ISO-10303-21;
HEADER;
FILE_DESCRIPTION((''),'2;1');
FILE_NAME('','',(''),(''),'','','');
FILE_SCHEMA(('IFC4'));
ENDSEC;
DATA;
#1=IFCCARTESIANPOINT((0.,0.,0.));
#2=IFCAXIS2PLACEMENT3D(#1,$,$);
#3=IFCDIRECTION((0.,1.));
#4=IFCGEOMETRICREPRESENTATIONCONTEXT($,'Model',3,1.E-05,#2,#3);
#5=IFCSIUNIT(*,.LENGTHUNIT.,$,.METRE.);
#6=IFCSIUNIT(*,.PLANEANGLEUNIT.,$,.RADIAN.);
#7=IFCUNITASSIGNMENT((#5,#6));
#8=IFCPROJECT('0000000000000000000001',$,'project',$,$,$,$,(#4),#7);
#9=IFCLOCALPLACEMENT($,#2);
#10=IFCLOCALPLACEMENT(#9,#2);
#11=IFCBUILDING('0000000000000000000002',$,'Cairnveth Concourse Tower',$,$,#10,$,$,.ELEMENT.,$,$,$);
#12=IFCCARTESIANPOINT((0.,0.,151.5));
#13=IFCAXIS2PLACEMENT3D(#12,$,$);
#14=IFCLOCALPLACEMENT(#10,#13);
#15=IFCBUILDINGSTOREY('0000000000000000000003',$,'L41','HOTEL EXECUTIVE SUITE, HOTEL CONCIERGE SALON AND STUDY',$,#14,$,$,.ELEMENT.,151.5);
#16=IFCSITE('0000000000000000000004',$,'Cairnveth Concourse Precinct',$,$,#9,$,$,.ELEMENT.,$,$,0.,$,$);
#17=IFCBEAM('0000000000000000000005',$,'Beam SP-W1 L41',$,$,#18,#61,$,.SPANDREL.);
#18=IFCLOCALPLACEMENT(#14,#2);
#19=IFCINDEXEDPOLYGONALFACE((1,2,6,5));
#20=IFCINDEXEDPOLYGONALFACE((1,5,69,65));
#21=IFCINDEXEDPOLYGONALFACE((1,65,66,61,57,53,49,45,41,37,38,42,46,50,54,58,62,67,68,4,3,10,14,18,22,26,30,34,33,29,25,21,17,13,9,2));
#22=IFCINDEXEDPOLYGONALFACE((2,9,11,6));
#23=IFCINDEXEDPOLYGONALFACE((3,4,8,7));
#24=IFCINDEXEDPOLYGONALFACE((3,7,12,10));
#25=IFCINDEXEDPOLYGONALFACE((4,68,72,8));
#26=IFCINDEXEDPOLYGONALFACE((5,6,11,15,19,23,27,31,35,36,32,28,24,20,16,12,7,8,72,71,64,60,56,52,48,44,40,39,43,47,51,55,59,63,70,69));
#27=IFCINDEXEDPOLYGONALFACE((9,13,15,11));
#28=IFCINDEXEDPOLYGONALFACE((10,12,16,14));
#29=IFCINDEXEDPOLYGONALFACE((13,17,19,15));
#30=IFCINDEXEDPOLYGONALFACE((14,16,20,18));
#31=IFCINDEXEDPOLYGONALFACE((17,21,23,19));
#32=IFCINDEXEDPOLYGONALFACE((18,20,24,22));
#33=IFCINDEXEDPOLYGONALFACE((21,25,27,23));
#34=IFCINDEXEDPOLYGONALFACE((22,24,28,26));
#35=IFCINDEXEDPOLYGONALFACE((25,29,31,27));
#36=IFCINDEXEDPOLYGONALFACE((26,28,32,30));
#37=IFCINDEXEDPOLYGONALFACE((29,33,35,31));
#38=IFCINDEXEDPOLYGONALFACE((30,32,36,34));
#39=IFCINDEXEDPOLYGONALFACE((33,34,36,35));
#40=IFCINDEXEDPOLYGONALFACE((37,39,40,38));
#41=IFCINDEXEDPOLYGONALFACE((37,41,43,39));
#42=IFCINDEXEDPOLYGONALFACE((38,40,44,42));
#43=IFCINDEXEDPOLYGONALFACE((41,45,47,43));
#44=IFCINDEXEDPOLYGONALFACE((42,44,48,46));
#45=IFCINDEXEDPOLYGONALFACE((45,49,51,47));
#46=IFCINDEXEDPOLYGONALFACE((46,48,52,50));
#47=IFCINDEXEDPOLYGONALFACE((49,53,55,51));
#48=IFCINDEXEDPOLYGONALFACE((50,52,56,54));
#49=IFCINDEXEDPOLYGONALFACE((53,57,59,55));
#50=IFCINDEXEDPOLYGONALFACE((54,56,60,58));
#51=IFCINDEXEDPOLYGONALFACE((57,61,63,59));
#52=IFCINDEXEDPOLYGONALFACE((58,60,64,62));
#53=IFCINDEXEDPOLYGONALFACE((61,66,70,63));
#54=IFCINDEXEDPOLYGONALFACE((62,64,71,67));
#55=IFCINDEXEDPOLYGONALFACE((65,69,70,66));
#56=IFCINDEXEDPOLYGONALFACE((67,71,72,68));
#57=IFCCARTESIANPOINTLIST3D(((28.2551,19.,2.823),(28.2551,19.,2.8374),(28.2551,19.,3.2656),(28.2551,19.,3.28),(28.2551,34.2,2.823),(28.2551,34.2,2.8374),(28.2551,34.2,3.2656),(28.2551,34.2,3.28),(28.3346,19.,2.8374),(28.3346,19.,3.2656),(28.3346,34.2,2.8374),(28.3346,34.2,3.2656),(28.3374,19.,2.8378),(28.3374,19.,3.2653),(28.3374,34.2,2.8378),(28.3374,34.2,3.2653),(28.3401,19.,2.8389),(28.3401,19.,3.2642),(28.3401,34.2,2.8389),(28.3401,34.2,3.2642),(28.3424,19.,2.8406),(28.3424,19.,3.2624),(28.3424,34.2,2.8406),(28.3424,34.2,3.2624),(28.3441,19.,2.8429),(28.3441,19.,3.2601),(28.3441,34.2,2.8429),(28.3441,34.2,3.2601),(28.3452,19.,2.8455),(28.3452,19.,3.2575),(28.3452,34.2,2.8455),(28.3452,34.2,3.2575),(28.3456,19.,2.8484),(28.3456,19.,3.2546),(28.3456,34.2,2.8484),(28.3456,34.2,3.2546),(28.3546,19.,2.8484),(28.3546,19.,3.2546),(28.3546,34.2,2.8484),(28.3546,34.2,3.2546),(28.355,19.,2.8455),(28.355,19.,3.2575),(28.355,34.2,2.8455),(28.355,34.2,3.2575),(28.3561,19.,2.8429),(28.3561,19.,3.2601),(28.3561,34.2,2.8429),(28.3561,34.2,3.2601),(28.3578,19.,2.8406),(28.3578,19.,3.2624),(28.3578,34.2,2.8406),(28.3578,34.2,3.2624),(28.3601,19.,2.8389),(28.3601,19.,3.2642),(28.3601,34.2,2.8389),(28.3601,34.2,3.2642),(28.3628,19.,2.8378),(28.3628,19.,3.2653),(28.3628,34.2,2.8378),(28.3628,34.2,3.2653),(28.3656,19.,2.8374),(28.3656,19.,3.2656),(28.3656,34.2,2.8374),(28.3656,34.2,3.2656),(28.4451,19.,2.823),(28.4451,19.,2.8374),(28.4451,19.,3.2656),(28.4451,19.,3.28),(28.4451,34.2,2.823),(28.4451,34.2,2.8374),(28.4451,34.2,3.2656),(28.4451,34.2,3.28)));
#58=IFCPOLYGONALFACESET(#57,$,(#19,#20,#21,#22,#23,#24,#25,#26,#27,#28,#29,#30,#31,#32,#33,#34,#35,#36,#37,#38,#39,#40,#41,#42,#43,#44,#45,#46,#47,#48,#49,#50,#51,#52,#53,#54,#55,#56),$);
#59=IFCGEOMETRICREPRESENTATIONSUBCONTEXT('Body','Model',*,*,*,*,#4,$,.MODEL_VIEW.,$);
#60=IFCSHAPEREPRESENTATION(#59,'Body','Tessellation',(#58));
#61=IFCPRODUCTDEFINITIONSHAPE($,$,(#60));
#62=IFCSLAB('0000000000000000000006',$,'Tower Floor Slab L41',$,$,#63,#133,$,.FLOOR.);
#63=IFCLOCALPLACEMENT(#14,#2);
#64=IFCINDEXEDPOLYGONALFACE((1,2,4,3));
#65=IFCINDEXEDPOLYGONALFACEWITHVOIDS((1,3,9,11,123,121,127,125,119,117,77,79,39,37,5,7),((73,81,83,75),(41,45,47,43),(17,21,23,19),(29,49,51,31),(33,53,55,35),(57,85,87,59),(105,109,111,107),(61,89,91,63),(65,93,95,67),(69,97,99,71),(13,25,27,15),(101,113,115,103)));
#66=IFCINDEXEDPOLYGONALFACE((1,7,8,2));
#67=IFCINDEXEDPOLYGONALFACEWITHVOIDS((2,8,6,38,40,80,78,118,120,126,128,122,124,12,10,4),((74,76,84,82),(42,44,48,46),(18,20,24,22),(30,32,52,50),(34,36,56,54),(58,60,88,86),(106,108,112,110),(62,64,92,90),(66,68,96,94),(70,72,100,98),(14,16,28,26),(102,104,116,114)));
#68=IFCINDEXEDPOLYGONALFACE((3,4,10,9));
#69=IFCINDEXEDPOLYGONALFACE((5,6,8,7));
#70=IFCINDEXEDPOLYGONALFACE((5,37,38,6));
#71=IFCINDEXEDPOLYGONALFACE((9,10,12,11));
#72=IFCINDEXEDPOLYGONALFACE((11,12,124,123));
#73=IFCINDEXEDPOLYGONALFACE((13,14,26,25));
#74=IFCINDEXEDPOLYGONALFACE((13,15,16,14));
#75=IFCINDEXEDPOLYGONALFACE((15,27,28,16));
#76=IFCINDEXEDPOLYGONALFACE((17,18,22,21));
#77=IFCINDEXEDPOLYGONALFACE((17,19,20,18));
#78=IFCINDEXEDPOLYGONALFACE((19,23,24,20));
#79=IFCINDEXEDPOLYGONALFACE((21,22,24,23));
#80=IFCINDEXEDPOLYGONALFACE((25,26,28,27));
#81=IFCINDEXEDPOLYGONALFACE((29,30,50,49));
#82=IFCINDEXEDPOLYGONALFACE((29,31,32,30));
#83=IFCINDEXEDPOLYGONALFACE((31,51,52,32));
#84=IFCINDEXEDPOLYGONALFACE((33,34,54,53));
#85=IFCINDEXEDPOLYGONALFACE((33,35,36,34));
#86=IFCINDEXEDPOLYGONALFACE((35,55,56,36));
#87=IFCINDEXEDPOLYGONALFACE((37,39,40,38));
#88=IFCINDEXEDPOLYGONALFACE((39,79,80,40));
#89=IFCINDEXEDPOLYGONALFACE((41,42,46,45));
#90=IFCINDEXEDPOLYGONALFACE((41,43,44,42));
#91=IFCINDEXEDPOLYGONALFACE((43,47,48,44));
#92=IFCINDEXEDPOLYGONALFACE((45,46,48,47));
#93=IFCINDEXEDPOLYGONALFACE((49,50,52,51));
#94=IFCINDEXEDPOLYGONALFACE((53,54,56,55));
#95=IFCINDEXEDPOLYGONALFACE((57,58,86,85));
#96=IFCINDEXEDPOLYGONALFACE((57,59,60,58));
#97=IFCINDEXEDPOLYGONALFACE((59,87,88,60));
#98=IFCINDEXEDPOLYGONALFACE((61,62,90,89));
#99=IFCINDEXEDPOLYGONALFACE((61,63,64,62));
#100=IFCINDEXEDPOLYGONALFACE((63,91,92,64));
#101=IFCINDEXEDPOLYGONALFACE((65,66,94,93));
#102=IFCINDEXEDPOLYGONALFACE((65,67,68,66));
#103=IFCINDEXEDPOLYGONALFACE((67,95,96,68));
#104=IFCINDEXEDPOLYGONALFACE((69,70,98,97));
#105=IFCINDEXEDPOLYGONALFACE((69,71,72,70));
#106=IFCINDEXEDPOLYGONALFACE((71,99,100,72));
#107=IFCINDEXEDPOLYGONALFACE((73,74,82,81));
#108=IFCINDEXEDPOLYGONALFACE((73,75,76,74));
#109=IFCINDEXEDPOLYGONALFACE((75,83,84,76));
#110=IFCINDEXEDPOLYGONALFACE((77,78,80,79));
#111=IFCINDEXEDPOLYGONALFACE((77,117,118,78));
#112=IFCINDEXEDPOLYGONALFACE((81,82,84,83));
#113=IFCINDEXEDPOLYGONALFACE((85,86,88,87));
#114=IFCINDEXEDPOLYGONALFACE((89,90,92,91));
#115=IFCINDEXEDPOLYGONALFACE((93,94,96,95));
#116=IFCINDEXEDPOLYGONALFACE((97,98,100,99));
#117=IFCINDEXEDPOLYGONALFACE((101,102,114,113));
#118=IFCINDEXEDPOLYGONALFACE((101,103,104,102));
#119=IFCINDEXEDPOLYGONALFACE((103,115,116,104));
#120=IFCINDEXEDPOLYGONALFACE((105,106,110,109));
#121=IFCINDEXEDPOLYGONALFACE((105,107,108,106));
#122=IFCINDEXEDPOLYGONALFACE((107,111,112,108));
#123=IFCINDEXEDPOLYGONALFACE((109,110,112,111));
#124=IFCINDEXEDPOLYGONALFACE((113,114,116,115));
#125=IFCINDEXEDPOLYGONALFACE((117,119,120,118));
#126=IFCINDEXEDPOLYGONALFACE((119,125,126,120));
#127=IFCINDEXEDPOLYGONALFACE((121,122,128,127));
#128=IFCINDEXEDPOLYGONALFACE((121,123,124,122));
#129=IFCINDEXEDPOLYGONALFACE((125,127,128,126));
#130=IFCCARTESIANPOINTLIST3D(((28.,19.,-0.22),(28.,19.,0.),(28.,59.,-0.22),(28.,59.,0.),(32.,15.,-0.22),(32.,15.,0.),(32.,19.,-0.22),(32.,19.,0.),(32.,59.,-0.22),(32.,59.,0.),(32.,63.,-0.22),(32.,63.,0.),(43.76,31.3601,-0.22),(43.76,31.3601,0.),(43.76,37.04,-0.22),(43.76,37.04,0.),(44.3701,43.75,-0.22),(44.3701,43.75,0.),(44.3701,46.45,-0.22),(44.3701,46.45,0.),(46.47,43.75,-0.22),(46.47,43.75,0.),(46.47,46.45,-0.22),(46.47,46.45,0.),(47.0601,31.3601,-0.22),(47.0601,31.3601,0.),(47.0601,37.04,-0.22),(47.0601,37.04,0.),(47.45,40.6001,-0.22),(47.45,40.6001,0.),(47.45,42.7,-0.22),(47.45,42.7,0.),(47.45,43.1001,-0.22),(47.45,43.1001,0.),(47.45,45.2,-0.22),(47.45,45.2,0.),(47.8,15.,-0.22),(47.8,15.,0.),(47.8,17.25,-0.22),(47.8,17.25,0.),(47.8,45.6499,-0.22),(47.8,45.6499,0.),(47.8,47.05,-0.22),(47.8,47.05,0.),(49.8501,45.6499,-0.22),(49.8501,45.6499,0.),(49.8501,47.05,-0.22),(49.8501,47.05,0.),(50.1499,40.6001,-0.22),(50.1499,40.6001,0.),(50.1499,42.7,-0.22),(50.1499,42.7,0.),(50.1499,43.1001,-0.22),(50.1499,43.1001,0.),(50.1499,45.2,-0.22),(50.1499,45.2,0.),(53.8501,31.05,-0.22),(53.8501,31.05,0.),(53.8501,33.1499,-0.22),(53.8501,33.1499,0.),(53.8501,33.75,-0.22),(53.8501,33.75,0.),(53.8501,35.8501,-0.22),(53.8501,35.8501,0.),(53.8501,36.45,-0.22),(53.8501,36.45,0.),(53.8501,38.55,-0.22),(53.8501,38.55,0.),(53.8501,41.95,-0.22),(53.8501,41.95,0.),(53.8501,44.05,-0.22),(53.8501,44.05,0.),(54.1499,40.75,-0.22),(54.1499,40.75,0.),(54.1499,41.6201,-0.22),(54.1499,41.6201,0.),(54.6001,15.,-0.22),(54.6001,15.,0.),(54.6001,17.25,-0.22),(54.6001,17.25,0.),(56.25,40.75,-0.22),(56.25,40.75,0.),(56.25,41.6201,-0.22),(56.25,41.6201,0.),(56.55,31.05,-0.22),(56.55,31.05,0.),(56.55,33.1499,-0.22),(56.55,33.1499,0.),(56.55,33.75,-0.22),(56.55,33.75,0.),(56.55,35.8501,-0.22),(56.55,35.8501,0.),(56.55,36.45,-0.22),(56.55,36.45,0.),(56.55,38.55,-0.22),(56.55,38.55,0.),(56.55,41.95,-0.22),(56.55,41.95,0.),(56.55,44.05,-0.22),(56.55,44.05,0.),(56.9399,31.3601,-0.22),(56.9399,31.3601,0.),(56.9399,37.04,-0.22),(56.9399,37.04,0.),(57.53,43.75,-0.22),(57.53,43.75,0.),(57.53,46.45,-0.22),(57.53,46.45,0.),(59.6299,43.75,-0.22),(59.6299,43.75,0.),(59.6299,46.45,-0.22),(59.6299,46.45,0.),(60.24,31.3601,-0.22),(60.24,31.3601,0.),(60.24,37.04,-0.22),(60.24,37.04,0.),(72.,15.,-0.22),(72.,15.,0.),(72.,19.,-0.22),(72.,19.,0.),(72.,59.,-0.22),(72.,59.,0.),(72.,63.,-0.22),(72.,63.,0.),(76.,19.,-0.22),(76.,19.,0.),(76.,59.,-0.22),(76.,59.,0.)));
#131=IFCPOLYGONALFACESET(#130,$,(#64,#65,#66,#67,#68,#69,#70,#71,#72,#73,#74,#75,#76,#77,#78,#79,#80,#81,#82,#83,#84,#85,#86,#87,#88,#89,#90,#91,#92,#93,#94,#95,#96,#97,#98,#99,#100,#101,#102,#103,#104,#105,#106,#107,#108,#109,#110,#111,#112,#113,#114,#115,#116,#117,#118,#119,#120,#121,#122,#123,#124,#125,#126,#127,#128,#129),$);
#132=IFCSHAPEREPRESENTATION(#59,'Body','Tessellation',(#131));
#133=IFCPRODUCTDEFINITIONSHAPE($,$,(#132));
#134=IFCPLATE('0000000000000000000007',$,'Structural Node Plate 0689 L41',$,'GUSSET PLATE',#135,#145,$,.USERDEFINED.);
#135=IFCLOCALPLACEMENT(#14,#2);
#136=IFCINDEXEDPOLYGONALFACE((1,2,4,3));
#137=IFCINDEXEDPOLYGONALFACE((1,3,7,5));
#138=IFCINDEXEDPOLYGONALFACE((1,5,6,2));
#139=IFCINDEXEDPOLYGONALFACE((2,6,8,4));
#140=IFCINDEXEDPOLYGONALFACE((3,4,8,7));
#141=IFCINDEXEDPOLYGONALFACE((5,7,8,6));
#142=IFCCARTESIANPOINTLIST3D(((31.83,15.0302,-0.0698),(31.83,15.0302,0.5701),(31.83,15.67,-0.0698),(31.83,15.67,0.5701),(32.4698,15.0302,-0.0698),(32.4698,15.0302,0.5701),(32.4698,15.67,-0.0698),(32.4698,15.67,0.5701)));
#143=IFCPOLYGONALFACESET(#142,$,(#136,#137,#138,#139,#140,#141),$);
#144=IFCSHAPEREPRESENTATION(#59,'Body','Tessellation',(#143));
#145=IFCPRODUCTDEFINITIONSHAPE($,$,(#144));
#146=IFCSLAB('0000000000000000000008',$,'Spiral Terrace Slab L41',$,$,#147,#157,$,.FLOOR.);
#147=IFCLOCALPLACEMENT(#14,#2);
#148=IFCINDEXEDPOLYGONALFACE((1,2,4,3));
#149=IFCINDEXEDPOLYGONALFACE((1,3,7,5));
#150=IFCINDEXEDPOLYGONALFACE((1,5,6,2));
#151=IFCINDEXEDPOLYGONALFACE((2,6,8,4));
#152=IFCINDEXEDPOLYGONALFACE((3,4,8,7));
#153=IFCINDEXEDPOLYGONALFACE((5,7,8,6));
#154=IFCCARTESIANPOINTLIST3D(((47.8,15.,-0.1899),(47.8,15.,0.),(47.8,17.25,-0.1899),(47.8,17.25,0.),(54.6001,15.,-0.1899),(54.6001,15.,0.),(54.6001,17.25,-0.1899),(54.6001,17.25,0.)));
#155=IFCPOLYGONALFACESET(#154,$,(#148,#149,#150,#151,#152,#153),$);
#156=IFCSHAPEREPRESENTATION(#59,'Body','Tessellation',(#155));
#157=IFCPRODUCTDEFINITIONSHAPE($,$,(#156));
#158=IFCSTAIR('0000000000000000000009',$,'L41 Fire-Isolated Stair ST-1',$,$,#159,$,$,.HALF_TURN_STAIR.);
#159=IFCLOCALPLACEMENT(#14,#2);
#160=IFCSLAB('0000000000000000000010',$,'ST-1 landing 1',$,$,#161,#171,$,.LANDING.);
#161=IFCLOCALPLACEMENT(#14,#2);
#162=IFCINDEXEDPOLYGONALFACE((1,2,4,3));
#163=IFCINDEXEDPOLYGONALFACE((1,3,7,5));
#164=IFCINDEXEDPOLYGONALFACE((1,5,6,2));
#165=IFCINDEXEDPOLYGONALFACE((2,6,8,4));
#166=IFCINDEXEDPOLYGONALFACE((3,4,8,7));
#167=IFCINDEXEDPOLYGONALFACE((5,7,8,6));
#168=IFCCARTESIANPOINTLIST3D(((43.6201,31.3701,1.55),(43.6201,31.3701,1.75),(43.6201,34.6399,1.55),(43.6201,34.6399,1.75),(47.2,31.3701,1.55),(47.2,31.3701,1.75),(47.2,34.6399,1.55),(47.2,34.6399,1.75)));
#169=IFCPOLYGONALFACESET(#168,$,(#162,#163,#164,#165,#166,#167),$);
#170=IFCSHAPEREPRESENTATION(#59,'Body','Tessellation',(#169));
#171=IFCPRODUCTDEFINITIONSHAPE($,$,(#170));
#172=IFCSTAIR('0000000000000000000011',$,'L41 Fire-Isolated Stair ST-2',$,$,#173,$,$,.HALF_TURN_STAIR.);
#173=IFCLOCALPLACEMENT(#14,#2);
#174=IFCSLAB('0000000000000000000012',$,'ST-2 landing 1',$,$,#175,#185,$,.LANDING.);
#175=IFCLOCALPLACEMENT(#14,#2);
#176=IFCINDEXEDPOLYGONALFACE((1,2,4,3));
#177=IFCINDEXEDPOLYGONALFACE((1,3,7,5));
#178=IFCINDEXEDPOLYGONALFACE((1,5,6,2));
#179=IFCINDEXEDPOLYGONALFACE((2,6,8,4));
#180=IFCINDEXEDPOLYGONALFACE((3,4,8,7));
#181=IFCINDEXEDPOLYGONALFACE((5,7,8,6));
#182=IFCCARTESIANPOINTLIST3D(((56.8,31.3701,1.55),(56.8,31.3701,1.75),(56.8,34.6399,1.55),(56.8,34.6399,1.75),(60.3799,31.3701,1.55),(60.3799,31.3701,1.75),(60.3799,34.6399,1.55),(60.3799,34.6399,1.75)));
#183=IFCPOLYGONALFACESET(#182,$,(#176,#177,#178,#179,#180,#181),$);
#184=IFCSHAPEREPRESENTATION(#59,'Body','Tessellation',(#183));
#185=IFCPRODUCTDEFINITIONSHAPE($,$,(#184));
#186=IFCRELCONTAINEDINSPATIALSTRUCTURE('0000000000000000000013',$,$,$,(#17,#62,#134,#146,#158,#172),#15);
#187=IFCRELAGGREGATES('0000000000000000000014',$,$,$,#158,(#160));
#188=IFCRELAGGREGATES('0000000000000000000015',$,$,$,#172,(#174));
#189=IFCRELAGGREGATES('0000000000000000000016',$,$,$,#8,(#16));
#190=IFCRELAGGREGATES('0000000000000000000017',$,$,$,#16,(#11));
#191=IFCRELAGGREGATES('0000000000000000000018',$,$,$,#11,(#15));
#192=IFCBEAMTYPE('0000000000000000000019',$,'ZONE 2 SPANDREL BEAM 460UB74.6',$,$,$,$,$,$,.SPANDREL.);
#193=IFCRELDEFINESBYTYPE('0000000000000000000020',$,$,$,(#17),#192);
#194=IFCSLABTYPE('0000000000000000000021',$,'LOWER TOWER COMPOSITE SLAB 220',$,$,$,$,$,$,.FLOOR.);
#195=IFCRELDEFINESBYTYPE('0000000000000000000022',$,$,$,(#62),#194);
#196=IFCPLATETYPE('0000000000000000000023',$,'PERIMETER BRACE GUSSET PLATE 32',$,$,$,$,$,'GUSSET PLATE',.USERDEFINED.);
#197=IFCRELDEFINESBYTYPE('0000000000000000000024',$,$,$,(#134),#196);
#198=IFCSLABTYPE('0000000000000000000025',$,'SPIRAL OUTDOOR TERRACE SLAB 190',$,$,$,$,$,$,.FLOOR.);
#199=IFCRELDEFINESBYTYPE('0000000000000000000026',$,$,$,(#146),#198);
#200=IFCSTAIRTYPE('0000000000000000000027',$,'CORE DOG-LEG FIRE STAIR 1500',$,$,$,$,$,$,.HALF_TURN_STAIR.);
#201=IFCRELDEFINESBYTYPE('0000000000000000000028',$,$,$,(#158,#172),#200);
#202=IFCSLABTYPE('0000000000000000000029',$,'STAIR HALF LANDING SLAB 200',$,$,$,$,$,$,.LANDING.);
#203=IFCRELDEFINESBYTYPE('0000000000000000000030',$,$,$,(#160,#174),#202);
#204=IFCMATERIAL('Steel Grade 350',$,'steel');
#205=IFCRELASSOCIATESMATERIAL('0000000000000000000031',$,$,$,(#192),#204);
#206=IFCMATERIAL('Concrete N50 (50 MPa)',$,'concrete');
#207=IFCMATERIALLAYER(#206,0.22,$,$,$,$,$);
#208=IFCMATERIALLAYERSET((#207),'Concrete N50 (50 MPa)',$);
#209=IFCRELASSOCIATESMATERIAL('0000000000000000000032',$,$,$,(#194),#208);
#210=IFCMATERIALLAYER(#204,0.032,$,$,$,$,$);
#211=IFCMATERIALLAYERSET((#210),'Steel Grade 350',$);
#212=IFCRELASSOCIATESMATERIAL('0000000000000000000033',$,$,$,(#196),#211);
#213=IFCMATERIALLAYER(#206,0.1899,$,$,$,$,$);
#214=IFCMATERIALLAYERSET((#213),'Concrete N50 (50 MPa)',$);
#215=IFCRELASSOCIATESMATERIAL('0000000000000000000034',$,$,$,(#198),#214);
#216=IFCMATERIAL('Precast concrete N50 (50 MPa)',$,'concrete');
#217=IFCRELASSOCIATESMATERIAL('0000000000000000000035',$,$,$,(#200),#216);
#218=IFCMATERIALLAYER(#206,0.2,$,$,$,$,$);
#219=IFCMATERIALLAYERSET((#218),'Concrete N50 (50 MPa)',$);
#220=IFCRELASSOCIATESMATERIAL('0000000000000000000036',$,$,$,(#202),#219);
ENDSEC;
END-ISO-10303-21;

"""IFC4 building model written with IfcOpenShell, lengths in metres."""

from ifc_helpers import new_model, si_unit, direction, frame, origin, origin_2d, place, context, subcontext, project, spatial, polyline, rectangle, i_section, outline, extrude, material, layer, layer_set, material_profile, profile_set, type_object, element, aggregate, save


model = new_model("IFC4")

# Units and contexts
model_context = context("Model", 3, precision=1e-05, world=origin(), true_north=direction((0.0, 1.0)))
body_context = subcontext(model_context, "Body", "Model", "MODEL_VIEW")
ifc_project = project(units=[si_unit("LENGTHUNIT", "METRE"), si_unit("PLANEANGLEUNIT", "RADIAN")], contexts=[model_context])

# Site, building, storey
site_placement = place(None, origin())
site = spatial("IfcSite", under=ifc_project, at=site_placement, Name="Cairnveth Concourse Precinct", CompositionType="ELEMENT", RefElevation=0.0)
building_placement = place(site_placement, origin())
building = spatial("IfcBuilding", under=site, at=building_placement, Name="Cairnveth Concourse Tower", CompositionType="ELEMENT")
storey_placement = place(building_placement, frame((0.0, 0.0, 151.5)))
storey = spatial("IfcBuildingStorey", under=building, at=storey_placement, Name="L41", Description="HOTEL EXECUTIVE SUITE, HOTEL CONCIERGE SALON AND STUDY", CompositionType="ELEMENT", Elevation=151.5)

# Shared definitions
ifc_material_1 = material(Name="Steel Grade 350", Category="steel")

# Beam
ifc_material_profile_1 = material_profile(ifc_material_1, i_section(OverallWidth=0.1899, OverallDepth=0.457, WebThickness=0.009, FlangeThickness=0.0144, FilletRadius=0.011, at=origin_2d()), Name="460UB74.6")
ifc_profile_set_1 = profile_set([ifc_material_profile_1], Name="Steel Grade 350")
beam_type_1 = type_object("IfcBeamType", Name="ZONE 2 SPANDREL BEAM 460UB74.6", PredefinedType="SPANDREL", material=ifc_profile_set_1)
for number, where, z_axis, x_axis, name in (
    (1, (28.3501, 19.0, 3.0515), (0.0, 1.0, 0.0), (-1.0, 0.0, 0.0), "Beam SP-W1 L41"),
):
    element("IfcBeam", number, at=place(storey_placement, frame(where, z_axis=z_axis, x_axis=x_axis)), inside=storey, type_object=beam_type_1, Name=name, PredefinedType="SPANDREL", context=body_context, shape_type="SweptSolid", body=[
        extrude(i_section(OverallWidth=0.1899, OverallDepth=0.457, WebThickness=0.009, FlangeThickness=0.0144, FilletRadius=0.011, at=origin_2d()), origin(), (0.0, 0.0, 1.0), 15.2),
    ])

# Slab
ifc_material_2 = material(Name="Concrete N50 (50 MPa)", Category="concrete")
ifc_layer_1 = layer(ifc_material_2, 0.22)
ifc_layer_set_1 = layer_set([ifc_layer_1], Name="Concrete N50 (50 MPa)")
slab_type_1 = type_object("IfcSlabType", Name="LOWER TOWER COMPOSITE SLAB 220", PredefinedType="FLOOR", material=ifc_layer_set_1)
slab_1_placement = place(storey_placement, frame((0.0, 0.0, -0.22)))
element("IfcSlab", 2, at=slab_1_placement, inside=storey, type_object=slab_type_1, Name="Tower Floor Slab L41", PredefinedType="FLOOR", context=body_context, shape_type="SweptSolid", body=[
    extrude(outline(polyline([(47.8, 15.0), (47.8, 17.25), (54.6001, 17.25), (54.6001, 15.0), (72.0, 15.0), (72.0, 19.0), (76.0, 19.0), (76.0, 59.0), (72.0, 59.0), (72.0, 63.0), (32.0, 63.0), (32.0, 59.0), (28.0, 59.0), (28.0, 19.0), (32.0, 19.0), (32.0, 15.0), (47.8, 15.0)]), holes=[polyline([(43.76, 31.3601), (47.0601, 31.3601), (47.0601, 37.04), (43.76, 37.04), (43.76, 31.3601)]), polyline([(56.9399, 31.3601), (60.24, 31.3601), (60.24, 37.04), (56.9399, 37.04), (56.9399, 31.3601)]), polyline([(44.3701, 43.75), (46.47, 43.75), (46.47, 46.45), (44.3701, 46.45), (44.3701, 43.75)]), polyline([(57.53, 43.75), (59.6299, 43.75), (59.6299, 46.45), (57.53, 46.45), (57.53, 43.75)]), polyline([(53.8501, 31.05), (56.55, 31.05), (56.55, 33.1499), (53.8501, 33.1499), (53.8501, 31.05)]), polyline([(53.8501, 33.75), (56.55, 33.75), (56.55, 35.8501), (53.8501, 35.8501), (53.8501, 33.75)]), polyline([(53.8501, 36.45), (56.55, 36.45), (56.55, 38.55), (53.8501, 38.55), (53.8501, 36.45)]), polyline([(47.45, 40.6001), (50.1499, 40.6001), (50.1499, 42.7), (47.45, 42.7), (47.45, 40.6001)]), polyline([(47.45, 43.1001), (50.1499, 43.1001), (50.1499, 45.2), (47.45, 45.2), (47.45, 43.1001)]), polyline([(53.8501, 41.95), (56.55, 41.95), (56.55, 44.05), (53.8501, 44.05), (53.8501, 41.95)]), polyline([(47.8, 45.6499), (49.8501, 45.6499), (49.8501, 47.05), (47.8, 47.05), (47.8, 45.6499)]), polyline([(54.1499, 40.75), (56.25, 40.75), (56.25, 41.6201), (54.1499, 41.6201), (54.1499, 40.75)])]), origin(), (0.0, 0.0, 1.0), 0.22),
])

# Plate
ifc_layer_2 = layer(ifc_material_1, 0.032)
ifc_layer_set_2 = layer_set([ifc_layer_2], Name="Steel Grade 350")
plate_type = type_object("IfcPlateType", Name="PERIMETER BRACE GUSSET PLATE 32", ElementType="GUSSET PLATE", PredefinedType="USERDEFINED", material=ifc_layer_set_2)
plate_placement = place(storey_placement, frame((32.1499, 15.3501, -0.0698), z_axis=(0.0, 0.0, 1.0), x_axis=(1.0, 0.0, 0.0)))
element("IfcPlate", 3, at=plate_placement, inside=storey, type_object=plate_type, Name="Structural Node Plate 0689 L41", ObjectType="GUSSET PLATE", PredefinedType="USERDEFINED", context=body_context, shape_type="SweptSolid", body=[
    extrude(rectangle(XDim=0.6399, YDim=0.6399, at=origin_2d()), origin(), (0.0, 0.0, 1.0), 0.6399),
])

# Slab
ifc_layer_3 = layer(ifc_material_2, 0.1899)
ifc_layer_set_3 = layer_set([ifc_layer_3], Name="Concrete N50 (50 MPa)")
slab_type_2 = type_object("IfcSlabType", Name="SPIRAL OUTDOOR TERRACE SLAB 190", PredefinedType="FLOOR", material=ifc_layer_set_3)
slab_2_placement = place(storey_placement, frame((0.0, 0.0, -0.1899)))
element("IfcSlab", 4, at=slab_2_placement, inside=storey, type_object=slab_type_2, Name="Spiral Terrace Slab L41", PredefinedType="FLOOR", context=body_context, shape_type="SweptSolid", body=[
    extrude(outline(polyline([(47.8, 15.0), (54.6001, 15.0), (54.6001, 17.25), (47.8, 17.25), (47.8, 15.0)])), origin(), (0.0, 0.0, 1.0), 0.1899),
])

# Stairs, slabs
ifc_material_3 = material(Name="Precast concrete N50 (50 MPa)", Category="concrete")
stair_type = type_object("IfcStairType", Name="CORE DOG-LEG FIRE STAIR 1500", PredefinedType="HALF_TURN_STAIR", material=ifc_material_3)
stair_1_placement = place(storey_placement, origin())
stair_1 = element("IfcStair", 5, at=stair_1_placement, inside=storey, type_object=stair_type, Name="L41 Fire-Isolated Stair ST-1", PredefinedType="HALF_TURN_STAIR")
ifc_layer_4 = layer(ifc_material_2, 0.2)
ifc_layer_set_4 = layer_set([ifc_layer_4], Name="Concrete N50 (50 MPa)")
slab_type_3 = type_object("IfcSlabType", Name="STAIR HALF LANDING SLAB 200", PredefinedType="LANDING", material=ifc_layer_set_4)
slab_3_placement = place(storey_placement, frame((0.0, 0.0, 1.55)))
slab_3 = element("IfcSlab", 6, at=slab_3_placement, type_object=slab_type_3, Name="ST-1 landing 1", PredefinedType="LANDING", context=body_context, shape_type="SweptSolid", body=[
    extrude(outline(polyline([(43.6201, 34.6399), (43.6201, 31.3701), (47.2, 31.3701), (47.2, 34.6399), (43.6201, 34.6399)])), origin(), (0.0, 0.0, 1.0), 0.2),
])
aggregate(stair_1, [slab_3])
stair_2_placement = place(storey_placement, origin())
stair_2 = element("IfcStair", 7, at=stair_2_placement, inside=storey, type_object=stair_type, Name="L41 Fire-Isolated Stair ST-2", PredefinedType="HALF_TURN_STAIR")
slab_4_placement = place(storey_placement, frame((0.0, 0.0, 1.55)))
slab_4 = element("IfcSlab", 8, at=slab_4_placement, type_object=slab_type_3, Name="ST-2 landing 1", PredefinedType="LANDING", context=body_context, shape_type="SweptSolid", body=[
    extrude(outline(polyline([(56.8, 34.6399), (56.8, 31.3701), (60.3799, 31.3701), (60.3799, 34.6399), (56.8, 34.6399)])), origin(), (0.0, 0.0, 1.0), 0.2),
])
aggregate(stair_2, [slab_4])

save(model, "model.ifc")
